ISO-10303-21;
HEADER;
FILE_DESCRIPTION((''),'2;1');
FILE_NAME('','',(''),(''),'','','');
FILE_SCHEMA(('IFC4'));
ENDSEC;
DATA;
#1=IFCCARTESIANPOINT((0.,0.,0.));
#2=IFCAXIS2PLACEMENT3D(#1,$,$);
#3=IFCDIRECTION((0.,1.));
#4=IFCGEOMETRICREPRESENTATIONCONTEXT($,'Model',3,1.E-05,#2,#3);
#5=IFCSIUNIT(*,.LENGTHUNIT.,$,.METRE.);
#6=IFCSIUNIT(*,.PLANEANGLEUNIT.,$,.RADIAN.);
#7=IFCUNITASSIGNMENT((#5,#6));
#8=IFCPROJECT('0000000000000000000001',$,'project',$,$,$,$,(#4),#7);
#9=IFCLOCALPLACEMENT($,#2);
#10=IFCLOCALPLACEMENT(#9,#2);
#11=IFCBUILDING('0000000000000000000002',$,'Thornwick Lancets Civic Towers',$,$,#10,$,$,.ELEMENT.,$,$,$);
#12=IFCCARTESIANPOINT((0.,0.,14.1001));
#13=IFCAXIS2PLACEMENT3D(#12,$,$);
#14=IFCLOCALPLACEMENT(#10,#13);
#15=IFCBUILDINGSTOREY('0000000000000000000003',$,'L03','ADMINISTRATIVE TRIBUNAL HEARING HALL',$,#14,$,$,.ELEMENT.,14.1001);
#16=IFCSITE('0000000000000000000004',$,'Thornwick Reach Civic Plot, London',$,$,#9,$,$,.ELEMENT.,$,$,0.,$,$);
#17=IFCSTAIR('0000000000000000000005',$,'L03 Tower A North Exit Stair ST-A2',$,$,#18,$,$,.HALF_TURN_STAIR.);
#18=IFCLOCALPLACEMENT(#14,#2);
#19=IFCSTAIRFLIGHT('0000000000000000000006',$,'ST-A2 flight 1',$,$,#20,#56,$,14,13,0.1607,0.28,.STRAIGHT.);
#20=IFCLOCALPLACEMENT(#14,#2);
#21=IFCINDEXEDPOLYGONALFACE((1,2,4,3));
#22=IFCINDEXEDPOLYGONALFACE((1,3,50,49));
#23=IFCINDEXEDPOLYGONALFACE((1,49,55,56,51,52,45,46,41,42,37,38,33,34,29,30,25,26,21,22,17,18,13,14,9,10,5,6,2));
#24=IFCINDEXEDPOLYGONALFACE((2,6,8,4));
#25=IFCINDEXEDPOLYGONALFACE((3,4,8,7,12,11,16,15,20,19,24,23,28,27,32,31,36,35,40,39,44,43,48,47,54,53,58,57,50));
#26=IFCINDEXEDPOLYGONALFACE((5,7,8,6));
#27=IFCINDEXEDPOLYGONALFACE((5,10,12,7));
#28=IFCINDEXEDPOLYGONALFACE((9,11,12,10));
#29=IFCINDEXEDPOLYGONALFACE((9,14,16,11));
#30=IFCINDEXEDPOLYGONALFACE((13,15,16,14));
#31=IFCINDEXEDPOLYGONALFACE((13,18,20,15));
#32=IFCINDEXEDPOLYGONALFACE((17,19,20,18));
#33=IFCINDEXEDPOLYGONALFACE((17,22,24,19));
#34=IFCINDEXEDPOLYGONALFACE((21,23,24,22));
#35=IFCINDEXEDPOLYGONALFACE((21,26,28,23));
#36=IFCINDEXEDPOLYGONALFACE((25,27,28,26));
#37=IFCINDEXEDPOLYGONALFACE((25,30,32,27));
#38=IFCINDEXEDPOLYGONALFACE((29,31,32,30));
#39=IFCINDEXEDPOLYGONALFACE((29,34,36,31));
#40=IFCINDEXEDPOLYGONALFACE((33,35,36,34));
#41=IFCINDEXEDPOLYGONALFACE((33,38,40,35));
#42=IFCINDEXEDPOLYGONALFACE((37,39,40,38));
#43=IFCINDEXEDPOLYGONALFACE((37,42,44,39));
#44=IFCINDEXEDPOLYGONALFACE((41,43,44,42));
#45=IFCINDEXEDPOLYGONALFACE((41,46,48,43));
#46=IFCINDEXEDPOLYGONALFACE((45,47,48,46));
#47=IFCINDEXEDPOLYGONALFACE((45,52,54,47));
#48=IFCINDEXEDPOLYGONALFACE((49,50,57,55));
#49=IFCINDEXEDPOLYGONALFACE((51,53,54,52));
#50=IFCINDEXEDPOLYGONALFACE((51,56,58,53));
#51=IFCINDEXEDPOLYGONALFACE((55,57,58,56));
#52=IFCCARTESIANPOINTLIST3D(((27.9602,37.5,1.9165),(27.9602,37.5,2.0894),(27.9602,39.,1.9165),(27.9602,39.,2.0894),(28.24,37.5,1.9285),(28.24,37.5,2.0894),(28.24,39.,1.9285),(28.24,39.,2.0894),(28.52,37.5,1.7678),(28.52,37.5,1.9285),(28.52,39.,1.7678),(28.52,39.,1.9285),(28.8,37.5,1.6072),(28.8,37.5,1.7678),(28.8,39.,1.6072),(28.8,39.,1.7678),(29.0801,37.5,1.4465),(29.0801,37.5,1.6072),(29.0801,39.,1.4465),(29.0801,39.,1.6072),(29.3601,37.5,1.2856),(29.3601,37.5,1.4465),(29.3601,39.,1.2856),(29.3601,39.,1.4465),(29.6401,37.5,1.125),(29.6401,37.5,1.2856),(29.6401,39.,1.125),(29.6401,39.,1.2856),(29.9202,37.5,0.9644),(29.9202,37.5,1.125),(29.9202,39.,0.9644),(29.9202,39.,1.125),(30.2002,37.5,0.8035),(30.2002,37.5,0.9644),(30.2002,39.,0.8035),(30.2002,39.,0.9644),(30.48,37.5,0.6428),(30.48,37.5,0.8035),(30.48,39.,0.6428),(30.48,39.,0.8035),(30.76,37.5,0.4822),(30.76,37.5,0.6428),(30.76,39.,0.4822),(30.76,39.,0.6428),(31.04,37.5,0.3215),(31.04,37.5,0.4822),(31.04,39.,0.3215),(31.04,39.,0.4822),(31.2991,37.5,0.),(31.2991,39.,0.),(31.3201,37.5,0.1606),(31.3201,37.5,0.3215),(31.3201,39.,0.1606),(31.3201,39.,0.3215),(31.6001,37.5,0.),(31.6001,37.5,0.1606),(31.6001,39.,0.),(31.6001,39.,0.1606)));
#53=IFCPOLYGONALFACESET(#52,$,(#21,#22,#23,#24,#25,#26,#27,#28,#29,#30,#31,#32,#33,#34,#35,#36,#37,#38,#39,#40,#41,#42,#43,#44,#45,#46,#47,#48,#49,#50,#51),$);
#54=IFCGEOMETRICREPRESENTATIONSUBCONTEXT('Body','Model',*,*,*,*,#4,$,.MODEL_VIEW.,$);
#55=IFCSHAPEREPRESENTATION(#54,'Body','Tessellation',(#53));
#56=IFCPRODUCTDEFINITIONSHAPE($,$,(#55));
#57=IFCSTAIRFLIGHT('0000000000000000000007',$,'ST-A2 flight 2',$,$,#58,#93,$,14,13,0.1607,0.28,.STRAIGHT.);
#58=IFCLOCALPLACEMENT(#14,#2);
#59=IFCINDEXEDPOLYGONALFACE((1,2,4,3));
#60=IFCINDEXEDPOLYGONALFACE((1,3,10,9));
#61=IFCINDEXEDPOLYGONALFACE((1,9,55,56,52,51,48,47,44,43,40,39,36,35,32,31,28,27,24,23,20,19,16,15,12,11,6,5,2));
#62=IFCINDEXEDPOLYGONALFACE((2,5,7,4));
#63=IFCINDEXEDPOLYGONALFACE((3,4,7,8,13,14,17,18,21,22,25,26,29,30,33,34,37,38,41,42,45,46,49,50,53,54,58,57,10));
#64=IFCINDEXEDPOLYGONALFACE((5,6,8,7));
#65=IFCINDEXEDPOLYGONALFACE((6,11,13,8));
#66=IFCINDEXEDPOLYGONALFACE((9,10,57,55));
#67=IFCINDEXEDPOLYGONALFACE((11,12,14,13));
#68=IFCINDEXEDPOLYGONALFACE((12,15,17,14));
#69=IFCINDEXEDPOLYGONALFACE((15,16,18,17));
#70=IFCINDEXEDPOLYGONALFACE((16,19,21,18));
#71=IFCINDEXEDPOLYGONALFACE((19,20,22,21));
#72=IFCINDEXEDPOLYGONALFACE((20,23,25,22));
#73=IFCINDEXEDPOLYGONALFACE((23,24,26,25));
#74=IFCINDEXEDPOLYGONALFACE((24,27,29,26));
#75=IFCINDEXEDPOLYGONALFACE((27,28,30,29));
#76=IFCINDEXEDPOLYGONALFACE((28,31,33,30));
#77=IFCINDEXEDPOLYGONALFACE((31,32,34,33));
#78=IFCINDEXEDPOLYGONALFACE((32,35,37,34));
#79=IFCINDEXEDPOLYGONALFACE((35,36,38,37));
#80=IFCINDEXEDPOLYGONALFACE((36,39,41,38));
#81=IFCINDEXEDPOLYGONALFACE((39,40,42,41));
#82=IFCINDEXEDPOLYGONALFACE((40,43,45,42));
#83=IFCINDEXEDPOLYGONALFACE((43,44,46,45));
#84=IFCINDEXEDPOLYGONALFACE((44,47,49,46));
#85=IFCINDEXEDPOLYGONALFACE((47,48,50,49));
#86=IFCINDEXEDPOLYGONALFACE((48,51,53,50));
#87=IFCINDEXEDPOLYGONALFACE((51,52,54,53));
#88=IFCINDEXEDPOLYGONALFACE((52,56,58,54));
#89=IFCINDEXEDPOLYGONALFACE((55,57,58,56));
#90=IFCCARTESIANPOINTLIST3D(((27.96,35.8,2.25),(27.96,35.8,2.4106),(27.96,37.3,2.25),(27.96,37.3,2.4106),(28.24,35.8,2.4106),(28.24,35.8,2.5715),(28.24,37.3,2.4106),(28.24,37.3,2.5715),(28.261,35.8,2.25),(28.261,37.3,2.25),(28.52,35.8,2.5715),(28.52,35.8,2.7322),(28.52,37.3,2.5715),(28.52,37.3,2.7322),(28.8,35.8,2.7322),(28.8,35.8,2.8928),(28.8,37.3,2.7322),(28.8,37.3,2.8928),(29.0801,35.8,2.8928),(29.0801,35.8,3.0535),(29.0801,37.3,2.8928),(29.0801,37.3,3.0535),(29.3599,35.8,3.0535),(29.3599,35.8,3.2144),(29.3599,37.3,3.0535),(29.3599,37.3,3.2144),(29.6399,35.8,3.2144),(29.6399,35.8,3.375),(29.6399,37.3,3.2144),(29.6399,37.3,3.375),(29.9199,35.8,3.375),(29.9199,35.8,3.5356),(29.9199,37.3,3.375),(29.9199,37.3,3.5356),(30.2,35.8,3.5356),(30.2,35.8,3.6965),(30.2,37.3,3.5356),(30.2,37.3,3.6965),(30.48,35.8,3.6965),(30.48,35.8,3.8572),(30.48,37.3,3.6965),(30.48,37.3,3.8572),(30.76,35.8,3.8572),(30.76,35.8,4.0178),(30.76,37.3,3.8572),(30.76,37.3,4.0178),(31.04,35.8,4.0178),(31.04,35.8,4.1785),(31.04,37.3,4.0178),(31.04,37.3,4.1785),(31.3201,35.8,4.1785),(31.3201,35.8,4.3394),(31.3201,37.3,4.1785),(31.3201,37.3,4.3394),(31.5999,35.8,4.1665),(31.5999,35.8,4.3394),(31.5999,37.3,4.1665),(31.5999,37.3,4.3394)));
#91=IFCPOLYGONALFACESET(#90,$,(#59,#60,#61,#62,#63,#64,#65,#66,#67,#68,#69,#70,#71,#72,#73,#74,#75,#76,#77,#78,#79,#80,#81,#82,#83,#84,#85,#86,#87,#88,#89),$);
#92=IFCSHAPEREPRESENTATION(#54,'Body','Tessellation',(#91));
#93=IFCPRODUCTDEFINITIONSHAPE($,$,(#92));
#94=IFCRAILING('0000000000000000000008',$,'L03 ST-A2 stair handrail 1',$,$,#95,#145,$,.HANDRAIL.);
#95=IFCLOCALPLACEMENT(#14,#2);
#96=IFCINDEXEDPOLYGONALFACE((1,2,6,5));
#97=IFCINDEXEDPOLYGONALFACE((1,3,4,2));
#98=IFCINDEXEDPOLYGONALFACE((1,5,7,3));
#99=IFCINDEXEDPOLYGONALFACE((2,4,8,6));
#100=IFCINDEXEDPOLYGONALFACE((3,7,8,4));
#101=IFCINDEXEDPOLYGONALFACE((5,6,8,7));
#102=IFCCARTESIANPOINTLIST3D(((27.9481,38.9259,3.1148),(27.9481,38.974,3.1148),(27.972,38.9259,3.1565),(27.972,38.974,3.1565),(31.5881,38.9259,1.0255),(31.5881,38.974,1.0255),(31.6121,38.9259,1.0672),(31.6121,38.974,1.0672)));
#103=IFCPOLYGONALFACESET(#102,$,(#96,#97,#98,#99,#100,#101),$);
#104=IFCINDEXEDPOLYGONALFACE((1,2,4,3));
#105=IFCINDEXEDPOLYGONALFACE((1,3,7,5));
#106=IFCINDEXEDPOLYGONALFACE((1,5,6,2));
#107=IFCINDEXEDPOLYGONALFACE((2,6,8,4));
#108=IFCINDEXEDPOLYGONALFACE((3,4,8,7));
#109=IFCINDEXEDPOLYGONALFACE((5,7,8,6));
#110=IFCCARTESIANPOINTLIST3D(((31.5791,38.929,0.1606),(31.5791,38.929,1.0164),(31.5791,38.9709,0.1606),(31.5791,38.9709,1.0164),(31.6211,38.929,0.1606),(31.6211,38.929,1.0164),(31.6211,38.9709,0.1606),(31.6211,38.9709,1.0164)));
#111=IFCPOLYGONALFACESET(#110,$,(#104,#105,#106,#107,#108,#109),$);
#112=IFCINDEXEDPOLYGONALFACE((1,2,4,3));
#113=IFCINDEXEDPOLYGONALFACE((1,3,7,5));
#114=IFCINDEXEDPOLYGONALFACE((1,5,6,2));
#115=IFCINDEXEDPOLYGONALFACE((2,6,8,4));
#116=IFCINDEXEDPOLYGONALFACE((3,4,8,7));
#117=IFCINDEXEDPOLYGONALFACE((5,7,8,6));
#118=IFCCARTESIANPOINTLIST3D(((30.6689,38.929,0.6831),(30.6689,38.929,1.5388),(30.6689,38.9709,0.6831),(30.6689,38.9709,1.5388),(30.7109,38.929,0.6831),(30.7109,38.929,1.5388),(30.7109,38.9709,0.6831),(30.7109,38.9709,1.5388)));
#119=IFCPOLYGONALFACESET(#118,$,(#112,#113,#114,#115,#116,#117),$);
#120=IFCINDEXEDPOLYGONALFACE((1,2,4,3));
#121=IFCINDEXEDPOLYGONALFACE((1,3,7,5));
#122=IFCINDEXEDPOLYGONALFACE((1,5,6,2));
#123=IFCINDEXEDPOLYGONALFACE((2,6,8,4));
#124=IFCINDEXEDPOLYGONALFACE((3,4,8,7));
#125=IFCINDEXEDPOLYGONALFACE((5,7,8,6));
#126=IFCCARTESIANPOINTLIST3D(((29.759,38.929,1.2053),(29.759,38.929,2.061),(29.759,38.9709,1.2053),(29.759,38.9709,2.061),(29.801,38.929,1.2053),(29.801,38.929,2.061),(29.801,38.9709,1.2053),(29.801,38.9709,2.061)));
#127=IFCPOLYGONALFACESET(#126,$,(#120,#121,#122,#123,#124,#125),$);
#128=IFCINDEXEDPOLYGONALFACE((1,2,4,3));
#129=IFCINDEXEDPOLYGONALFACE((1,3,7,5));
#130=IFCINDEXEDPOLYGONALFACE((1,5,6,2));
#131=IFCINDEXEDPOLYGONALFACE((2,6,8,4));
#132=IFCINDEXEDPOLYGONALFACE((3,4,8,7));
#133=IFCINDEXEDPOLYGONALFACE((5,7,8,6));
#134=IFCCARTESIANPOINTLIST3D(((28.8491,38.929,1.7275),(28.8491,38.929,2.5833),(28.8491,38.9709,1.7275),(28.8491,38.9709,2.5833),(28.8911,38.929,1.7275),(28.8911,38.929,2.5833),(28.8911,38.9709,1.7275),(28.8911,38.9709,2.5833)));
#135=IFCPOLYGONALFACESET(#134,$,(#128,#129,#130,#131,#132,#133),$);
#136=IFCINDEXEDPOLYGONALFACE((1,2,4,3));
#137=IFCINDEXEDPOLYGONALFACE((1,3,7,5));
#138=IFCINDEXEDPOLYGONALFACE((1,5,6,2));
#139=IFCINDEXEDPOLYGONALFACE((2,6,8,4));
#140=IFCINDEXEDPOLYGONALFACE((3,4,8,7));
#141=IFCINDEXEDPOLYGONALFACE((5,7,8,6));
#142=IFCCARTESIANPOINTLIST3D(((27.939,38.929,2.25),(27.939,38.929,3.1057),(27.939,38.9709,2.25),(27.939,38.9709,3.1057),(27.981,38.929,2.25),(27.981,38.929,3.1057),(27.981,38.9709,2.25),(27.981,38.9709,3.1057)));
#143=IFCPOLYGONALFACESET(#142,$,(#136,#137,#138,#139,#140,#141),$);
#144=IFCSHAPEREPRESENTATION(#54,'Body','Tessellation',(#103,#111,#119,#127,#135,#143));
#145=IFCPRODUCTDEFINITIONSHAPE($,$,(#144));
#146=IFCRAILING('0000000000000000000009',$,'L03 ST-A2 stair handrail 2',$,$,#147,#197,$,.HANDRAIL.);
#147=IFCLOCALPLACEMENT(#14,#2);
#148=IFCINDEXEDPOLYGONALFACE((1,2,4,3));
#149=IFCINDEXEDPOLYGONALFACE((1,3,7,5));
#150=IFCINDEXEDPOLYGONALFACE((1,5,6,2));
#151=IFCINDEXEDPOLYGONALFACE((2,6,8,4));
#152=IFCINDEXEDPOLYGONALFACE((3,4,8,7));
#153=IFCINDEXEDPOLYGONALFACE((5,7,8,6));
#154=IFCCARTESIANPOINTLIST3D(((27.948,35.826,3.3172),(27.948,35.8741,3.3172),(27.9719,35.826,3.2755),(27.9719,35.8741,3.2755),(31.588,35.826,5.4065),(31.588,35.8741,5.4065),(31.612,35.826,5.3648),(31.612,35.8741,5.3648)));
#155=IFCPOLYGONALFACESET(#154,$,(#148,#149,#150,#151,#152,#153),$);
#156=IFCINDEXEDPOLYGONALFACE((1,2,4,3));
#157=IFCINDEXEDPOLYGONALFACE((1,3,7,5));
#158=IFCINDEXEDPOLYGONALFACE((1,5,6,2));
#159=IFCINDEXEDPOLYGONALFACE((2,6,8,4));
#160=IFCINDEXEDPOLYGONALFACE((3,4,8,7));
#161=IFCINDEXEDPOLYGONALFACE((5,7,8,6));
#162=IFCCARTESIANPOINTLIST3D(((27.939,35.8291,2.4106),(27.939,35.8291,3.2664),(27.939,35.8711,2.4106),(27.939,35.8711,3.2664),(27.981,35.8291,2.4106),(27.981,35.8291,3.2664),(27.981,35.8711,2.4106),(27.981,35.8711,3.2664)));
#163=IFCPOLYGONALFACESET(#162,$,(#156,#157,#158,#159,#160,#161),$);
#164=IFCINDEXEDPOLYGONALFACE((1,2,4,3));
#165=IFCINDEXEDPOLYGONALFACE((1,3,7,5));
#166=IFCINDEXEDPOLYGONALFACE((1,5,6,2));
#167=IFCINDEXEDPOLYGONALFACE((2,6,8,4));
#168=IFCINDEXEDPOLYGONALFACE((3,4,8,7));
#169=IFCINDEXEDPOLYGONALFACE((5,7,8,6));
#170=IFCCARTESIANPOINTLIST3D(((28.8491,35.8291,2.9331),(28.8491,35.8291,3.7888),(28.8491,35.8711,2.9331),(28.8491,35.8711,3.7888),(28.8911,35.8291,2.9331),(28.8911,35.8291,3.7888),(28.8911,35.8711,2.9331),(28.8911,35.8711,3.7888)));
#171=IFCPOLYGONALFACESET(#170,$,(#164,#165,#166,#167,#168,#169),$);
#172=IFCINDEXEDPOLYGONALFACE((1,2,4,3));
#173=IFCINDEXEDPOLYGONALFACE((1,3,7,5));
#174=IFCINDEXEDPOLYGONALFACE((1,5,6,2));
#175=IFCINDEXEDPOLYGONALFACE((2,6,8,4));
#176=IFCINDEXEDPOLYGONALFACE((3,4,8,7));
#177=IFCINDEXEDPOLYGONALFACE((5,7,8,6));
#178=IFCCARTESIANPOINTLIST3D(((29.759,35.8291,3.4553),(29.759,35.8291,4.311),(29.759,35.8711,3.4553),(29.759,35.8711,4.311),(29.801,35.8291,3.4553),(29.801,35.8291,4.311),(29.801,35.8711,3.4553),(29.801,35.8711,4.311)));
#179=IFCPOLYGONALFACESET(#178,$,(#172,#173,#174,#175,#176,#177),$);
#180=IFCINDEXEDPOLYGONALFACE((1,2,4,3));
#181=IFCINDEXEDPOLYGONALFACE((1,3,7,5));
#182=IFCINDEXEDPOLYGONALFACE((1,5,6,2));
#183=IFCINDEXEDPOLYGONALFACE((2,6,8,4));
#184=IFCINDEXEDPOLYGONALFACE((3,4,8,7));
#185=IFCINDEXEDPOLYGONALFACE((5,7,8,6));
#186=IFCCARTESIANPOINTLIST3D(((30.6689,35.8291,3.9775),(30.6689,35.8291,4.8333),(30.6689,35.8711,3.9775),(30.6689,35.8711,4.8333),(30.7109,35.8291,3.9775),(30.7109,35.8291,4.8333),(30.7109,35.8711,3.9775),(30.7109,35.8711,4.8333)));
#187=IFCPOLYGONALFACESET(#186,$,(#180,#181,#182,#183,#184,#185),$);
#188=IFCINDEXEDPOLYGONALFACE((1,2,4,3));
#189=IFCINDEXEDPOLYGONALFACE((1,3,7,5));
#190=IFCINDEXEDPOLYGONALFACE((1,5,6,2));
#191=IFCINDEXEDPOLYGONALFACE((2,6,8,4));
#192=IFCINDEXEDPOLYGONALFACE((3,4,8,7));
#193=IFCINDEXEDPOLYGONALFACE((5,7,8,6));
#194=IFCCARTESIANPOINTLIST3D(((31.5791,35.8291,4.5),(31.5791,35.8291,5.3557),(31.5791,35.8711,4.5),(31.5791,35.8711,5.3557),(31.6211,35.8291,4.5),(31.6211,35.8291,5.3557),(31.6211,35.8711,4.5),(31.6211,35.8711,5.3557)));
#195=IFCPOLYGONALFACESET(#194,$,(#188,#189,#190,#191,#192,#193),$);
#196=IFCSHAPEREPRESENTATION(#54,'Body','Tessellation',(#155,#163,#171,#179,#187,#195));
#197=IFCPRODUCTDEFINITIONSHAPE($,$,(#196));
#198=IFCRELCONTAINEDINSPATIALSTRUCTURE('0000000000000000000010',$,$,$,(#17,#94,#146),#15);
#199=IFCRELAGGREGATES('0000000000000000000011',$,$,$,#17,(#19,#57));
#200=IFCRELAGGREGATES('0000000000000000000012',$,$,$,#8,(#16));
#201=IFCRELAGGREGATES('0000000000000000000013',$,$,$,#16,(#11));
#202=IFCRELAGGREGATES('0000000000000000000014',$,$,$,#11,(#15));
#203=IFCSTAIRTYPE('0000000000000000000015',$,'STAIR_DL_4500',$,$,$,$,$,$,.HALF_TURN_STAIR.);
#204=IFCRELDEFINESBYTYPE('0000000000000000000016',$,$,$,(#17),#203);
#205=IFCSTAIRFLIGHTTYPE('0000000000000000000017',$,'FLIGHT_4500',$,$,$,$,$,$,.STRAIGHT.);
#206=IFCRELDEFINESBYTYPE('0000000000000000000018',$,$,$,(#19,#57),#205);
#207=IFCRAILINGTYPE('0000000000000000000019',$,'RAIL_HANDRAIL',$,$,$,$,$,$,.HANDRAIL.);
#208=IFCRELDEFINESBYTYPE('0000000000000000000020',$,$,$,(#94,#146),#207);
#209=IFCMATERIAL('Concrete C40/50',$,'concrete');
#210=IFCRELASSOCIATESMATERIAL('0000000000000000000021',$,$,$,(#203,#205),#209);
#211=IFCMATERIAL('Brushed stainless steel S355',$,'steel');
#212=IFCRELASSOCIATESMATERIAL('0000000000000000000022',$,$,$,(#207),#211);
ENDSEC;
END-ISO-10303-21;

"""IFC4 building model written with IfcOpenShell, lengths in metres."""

from ifc_helpers import new_model, si_unit, direction, frame, origin, origin_2d, place, context, subcontext, project, spatial, polyline, rectangle, outline, extrude, material, type_object, element, aggregate, save


model = new_model("IFC4")

# Units and contexts
model_context = context("Model", 3, precision=1e-05, world=origin(), true_north=direction((0.0, 1.0)))
body_context = subcontext(model_context, "Body", "Model", "MODEL_VIEW")
ifc_project = project(units=[si_unit("LENGTHUNIT", "METRE"), si_unit("PLANEANGLEUNIT", "RADIAN")], contexts=[model_context])

# Site, building, storey
site_placement = place(None, origin())
site = spatial("IfcSite", under=ifc_project, at=site_placement, Name="Thornwick Reach Civic Plot, London", CompositionType="ELEMENT", RefElevation=0.0)
building_placement = place(site_placement, origin())
building = spatial("IfcBuilding", under=site, at=building_placement, Name="Thornwick Lancets Civic Towers", CompositionType="ELEMENT")
storey_placement = place(building_placement, frame((0.0, 0.0, 14.1001)))
storey = spatial("IfcBuildingStorey", under=building, at=storey_placement, Name="L03", Description="ADMINISTRATIVE TRIBUNAL HEARING HALL", CompositionType="ELEMENT", Elevation=14.1001)

# Shared definitions
ifc_material_1 = material(Name="Concrete C40/50", Category="concrete")

# Stair, stair flights
stair_type = type_object("IfcStairType", Name="STAIR_DL_4500", PredefinedType="HALF_TURN_STAIR", material=ifc_material_1)
stair_placement = place(storey_placement, origin())
stair = element("IfcStair", 1, at=stair_placement, inside=storey, type_object=stair_type, Name="L03 Tower A North Exit Stair ST-A2", PredefinedType="HALF_TURN_STAIR")
stair_flight_type = type_object("IfcStairFlightType", Name="FLIGHT_4500", PredefinedType="STRAIGHT", material=ifc_material_1)
stair_flight_1_placement = place(storey_placement, frame((31.6001, 38.25, 0.0), z_axis=(0.0, 0.0, 1.0), x_axis=(-1.0, 0.0, 0.0)))
stair_flight_1 = element("IfcStairFlight", 2, at=stair_flight_1_placement, type_object=stair_flight_type, Name="ST-A2 flight 1", NumberOfRisers=14, NumberOfTreads=13, PredefinedType="STRAIGHT", RiserHeight=0.1607, TreadLength=0.28, context=body_context, shape_type="SweptSolid", body=[
    extrude(outline(polyline([(0.0, 0.0), (0.0, 0.1606), (0.28, 0.1606), (0.28, 0.3215), (0.5601, 0.3215), (0.5601, 0.4822), (0.8401, 0.4822), (0.8401, 0.6428), (1.1201, 0.6428), (1.1201, 0.8035), (1.3999, 0.8035), (1.3999, 0.9644), (1.6799, 0.9644), (1.6799, 1.125), (1.96, 1.125), (1.96, 1.2856), (2.24, 1.2856), (2.24, 1.4465), (2.52, 1.4465), (2.52, 1.6072), (2.8, 1.6072), (2.8, 1.7678), (3.0801, 1.7678), (3.0801, 1.9285), (3.3601, 1.9285), (3.3601, 2.0894), (3.6399, 2.0894), (3.6399, 2.25), (3.6399, 1.9165), (0.301, 0.0), (0.0, 0.0)])), frame((0.0, 0.75, 0.0), z_axis=(0.0, -1.0, 0.0), x_axis=(1.0, 0.0, 0.0)), (0.0, 0.0, 1.0), 1.5),
])
stair_flight_2_placement = place(storey_placement, frame((27.96, 36.55, 2.25), z_axis=(0.0, 0.0, 1.0), x_axis=(1.0, 0.0, 0.0)))
stair_flight_2 = element("IfcStairFlight", 3, at=stair_flight_2_placement, type_object=stair_flight_type, Name="ST-A2 flight 2", NumberOfRisers=14, NumberOfTreads=13, PredefinedType="STRAIGHT", RiserHeight=0.1607, TreadLength=0.28, context=body_context, shape_type="SweptSolid", body=[
    extrude(outline(polyline([(0.0, 0.0), (0.0, 0.1606), (0.28, 0.1606), (0.28, 0.3215), (0.5601, 0.3215), (0.5601, 0.4822), (0.8401, 0.4822), (0.8401, 0.6428), (1.1201, 0.6428), (1.1201, 0.8035), (1.3999, 0.8035), (1.3999, 0.9644), (1.6799, 0.9644), (1.6799, 1.125), (1.96, 1.125), (1.96, 1.2856), (2.24, 1.2856), (2.24, 1.4465), (2.52, 1.4465), (2.52, 1.6072), (2.8, 1.6072), (2.8, 1.7678), (3.0801, 1.7678), (3.0801, 1.9285), (3.3601, 1.9285), (3.3601, 2.0894), (3.6399, 2.0894), (3.6399, 2.25), (3.6399, 1.9165), (0.301, 0.0), (0.0, 0.0)])), frame((0.0, 0.75, 0.0), z_axis=(0.0, -1.0, 0.0), x_axis=(1.0, 0.0, 0.0)), (0.0, 0.0, 1.0), 1.5),
])
aggregate(stair, [stair_flight_1, stair_flight_2])

# Railings
ifc_material_2 = material(Name="Brushed stainless steel S355", Category="steel")
railing_type_1 = type_object("IfcRailingType", Name="RAIL_HANDRAIL", PredefinedType="HANDRAIL", material=ifc_material_2)
railing_1_placement = place(storey_placement, frame((31.6001, 38.95, 0.1606)))
element("IfcRailing", 4, at=railing_1_placement, inside=storey, type_object=railing_type_1, Name="L03 ST-A2 stair handrail 1", PredefinedType="HANDRAIL", context=body_context, shape_type="SweptSolid", body=[
    extrude(rectangle(XDim=0.0481, YDim=0.0481, at=origin_2d()), frame((0.0, 0.0, 0.8857), z_axis=(-0.867289, 0.0, 0.497804), x_axis=(0.0, -1.0, 0.0)), (0.0, 0.0, 1.0), 4.197),
    extrude(rectangle(XDim=0.042, YDim=0.042, at=origin_2d()), origin(), (0.0, 0.0, 1.0), 0.8557),
    extrude(rectangle(XDim=0.042, YDim=0.042, at=origin_2d()), frame((-0.9102, 0.0, 0.5225)), (0.0, 0.0, 1.0), 0.8557),
    extrude(rectangle(XDim=0.042, YDim=0.042, at=origin_2d()), frame((-1.8201, 0.0, 1.0447)), (0.0, 0.0, 1.0), 0.8557),
    extrude(rectangle(XDim=0.042, YDim=0.042, at=origin_2d()), frame((-2.73, 0.0, 1.5669)), (0.0, 0.0, 1.0), 0.8557),
    extrude(rectangle(XDim=0.042, YDim=0.042, at=origin_2d()), frame((-3.6401, 0.0, 2.0894)), (0.0, 0.0, 1.0), 0.8557),
])
railing_2_placement = place(storey_placement, frame((27.96, 35.8501, 2.4106)))
element("IfcRailing", 5, at=railing_2_placement, inside=storey, type_object=railing_type_1, Name="L03 ST-A2 stair handrail 2", PredefinedType="HANDRAIL", context=body_context, shape_type="SweptSolid", body=[
    extrude(rectangle(XDim=0.0481, YDim=0.0481, at=origin_2d()), frame((0.0, 0.0, 0.8857), z_axis=(0.867289, 0.0, 0.497804), x_axis=(0.0, 1.0, 0.0)), (0.0, 0.0, 1.0), 4.197),
    extrude(rectangle(XDim=0.042, YDim=0.042, at=origin_2d()), origin(), (0.0, 0.0, 1.0), 0.8557),
    extrude(rectangle(XDim=0.042, YDim=0.042, at=origin_2d()), frame((0.9102, 0.0, 0.5225)), (0.0, 0.0, 1.0), 0.8557),
    extrude(rectangle(XDim=0.042, YDim=0.042, at=origin_2d()), frame((1.8201, 0.0, 1.0447)), (0.0, 0.0, 1.0), 0.8557),
    extrude(rectangle(XDim=0.042, YDim=0.042, at=origin_2d()), frame((2.73, 0.0, 1.5669)), (0.0, 0.0, 1.0), 0.8557),
    extrude(rectangle(XDim=0.042, YDim=0.042, at=origin_2d()), frame((3.6401, 0.0, 2.0894)), (0.0, 0.0, 1.0), 0.8557),
])

save(model, "model.ifc")
